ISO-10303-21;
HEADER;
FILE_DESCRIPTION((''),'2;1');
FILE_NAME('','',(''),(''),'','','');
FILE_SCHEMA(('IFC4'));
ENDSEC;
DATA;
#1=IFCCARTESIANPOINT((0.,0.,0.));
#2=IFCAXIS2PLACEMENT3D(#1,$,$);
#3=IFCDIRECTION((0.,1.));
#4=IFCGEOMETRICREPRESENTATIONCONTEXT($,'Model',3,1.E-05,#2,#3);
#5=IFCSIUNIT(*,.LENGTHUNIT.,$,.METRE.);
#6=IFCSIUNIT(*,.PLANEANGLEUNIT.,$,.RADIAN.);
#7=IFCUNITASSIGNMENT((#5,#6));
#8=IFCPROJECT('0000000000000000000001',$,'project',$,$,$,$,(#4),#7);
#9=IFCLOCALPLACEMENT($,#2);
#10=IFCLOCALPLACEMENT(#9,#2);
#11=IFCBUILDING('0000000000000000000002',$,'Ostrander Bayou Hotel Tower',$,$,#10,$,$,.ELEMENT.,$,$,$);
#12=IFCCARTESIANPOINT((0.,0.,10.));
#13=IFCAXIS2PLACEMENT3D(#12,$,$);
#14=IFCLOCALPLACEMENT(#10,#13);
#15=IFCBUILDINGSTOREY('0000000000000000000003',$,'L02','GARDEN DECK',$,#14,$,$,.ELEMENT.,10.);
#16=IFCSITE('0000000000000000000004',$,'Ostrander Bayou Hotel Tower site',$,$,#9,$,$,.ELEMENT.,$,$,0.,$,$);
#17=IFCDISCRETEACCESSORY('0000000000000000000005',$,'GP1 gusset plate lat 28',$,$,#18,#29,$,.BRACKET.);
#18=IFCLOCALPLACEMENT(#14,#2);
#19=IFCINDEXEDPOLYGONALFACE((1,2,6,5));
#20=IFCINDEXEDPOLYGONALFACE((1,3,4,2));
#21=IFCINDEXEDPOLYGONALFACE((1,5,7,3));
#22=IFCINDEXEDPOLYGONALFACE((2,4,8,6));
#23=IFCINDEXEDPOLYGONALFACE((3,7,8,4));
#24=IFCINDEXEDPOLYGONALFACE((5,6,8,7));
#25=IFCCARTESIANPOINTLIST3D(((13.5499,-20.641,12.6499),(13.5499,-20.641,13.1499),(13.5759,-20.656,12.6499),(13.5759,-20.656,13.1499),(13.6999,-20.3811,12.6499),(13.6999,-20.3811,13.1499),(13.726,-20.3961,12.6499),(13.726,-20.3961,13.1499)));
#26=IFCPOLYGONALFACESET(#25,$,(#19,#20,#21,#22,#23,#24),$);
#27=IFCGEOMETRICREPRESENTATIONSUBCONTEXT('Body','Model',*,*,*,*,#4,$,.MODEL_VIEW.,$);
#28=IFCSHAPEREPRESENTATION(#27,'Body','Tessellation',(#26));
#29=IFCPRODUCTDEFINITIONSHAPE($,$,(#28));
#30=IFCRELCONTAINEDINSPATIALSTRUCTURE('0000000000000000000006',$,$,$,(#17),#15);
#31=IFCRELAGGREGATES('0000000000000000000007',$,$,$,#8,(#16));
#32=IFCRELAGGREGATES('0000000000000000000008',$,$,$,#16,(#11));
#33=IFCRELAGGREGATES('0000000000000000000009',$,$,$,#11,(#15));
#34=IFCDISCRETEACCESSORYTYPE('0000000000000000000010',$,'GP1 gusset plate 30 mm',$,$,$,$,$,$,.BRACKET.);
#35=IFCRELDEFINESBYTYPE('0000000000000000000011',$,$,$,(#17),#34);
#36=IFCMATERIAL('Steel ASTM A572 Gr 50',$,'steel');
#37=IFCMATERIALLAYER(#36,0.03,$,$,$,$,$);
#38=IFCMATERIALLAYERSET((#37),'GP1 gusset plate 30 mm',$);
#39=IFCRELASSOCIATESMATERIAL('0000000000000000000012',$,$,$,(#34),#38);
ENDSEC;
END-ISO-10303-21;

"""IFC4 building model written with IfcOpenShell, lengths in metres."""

from ifc_helpers import new_model, si_unit, direction, frame, origin, origin_2d, place, context, subcontext, project, spatial, rectangle, extrude, material, layer, layer_set, type_object, element, save


model = new_model("IFC4")

# Units and contexts
model_context = context("Model", 3, precision=1e-05, world=origin(), true_north=direction((0.0, 1.0)))
body_context = subcontext(model_context, "Body", "Model", "MODEL_VIEW")
ifc_project = project(units=[si_unit("LENGTHUNIT", "METRE"), si_unit("PLANEANGLEUNIT", "RADIAN")], contexts=[model_context])

# Site, building, storey
site_placement = place(None, origin())
site = spatial("IfcSite", under=ifc_project, at=site_placement, Name="Ostrander Bayou Hotel Tower site", CompositionType="ELEMENT", RefElevation=0.0)
building_placement = place(site_placement, origin())
building = spatial("IfcBuilding", under=site, at=building_placement, Name="Ostrander Bayou Hotel Tower", CompositionType="ELEMENT")
storey_placement = place(building_placement, frame((0.0, 0.0, 10.0)))
storey = spatial("IfcBuildingStorey", under=building, at=storey_placement, Name="L02", Description="GARDEN DECK", CompositionType="ELEMENT", Elevation=10.0)

# Discrete accessory
ifc_material_1 = material(Name="Steel ASTM A572 Gr 50", Category="steel")
ifc_layer_1 = layer(ifc_material_1, 0.03)
ifc_layer_set_1 = layer_set([ifc_layer_1], Name="GP1 gusset plate 30 mm")
discrete_accessory_type = type_object("IfcDiscreteAccessoryType", Name="GP1 gusset plate 30 mm", PredefinedType="BRACKET", material=ifc_layer_set_1)
for number, where, z_axis, x_axis, name in (
    (1, (13.6379, -20.5186, 12.6499), (0.0, 0.0, 1.0), (0.5, 0.866025, 0.0), "GP1 gusset plate lat 28"),
):
    element("IfcDiscreteAccessory", number, at=place(storey_placement, frame(where, z_axis=z_axis, x_axis=x_axis)), inside=storey, type_object=discrete_accessory_type, Name=name, PredefinedType="BRACKET", context=body_context, shape_type="SweptSolid", body=[
        extrude(rectangle(XDim=0.3, YDim=0.03, at=origin_2d()), origin(), (0.0, 0.0, 1.0), 0.5),
    ])

save(model, "model.ifc")
